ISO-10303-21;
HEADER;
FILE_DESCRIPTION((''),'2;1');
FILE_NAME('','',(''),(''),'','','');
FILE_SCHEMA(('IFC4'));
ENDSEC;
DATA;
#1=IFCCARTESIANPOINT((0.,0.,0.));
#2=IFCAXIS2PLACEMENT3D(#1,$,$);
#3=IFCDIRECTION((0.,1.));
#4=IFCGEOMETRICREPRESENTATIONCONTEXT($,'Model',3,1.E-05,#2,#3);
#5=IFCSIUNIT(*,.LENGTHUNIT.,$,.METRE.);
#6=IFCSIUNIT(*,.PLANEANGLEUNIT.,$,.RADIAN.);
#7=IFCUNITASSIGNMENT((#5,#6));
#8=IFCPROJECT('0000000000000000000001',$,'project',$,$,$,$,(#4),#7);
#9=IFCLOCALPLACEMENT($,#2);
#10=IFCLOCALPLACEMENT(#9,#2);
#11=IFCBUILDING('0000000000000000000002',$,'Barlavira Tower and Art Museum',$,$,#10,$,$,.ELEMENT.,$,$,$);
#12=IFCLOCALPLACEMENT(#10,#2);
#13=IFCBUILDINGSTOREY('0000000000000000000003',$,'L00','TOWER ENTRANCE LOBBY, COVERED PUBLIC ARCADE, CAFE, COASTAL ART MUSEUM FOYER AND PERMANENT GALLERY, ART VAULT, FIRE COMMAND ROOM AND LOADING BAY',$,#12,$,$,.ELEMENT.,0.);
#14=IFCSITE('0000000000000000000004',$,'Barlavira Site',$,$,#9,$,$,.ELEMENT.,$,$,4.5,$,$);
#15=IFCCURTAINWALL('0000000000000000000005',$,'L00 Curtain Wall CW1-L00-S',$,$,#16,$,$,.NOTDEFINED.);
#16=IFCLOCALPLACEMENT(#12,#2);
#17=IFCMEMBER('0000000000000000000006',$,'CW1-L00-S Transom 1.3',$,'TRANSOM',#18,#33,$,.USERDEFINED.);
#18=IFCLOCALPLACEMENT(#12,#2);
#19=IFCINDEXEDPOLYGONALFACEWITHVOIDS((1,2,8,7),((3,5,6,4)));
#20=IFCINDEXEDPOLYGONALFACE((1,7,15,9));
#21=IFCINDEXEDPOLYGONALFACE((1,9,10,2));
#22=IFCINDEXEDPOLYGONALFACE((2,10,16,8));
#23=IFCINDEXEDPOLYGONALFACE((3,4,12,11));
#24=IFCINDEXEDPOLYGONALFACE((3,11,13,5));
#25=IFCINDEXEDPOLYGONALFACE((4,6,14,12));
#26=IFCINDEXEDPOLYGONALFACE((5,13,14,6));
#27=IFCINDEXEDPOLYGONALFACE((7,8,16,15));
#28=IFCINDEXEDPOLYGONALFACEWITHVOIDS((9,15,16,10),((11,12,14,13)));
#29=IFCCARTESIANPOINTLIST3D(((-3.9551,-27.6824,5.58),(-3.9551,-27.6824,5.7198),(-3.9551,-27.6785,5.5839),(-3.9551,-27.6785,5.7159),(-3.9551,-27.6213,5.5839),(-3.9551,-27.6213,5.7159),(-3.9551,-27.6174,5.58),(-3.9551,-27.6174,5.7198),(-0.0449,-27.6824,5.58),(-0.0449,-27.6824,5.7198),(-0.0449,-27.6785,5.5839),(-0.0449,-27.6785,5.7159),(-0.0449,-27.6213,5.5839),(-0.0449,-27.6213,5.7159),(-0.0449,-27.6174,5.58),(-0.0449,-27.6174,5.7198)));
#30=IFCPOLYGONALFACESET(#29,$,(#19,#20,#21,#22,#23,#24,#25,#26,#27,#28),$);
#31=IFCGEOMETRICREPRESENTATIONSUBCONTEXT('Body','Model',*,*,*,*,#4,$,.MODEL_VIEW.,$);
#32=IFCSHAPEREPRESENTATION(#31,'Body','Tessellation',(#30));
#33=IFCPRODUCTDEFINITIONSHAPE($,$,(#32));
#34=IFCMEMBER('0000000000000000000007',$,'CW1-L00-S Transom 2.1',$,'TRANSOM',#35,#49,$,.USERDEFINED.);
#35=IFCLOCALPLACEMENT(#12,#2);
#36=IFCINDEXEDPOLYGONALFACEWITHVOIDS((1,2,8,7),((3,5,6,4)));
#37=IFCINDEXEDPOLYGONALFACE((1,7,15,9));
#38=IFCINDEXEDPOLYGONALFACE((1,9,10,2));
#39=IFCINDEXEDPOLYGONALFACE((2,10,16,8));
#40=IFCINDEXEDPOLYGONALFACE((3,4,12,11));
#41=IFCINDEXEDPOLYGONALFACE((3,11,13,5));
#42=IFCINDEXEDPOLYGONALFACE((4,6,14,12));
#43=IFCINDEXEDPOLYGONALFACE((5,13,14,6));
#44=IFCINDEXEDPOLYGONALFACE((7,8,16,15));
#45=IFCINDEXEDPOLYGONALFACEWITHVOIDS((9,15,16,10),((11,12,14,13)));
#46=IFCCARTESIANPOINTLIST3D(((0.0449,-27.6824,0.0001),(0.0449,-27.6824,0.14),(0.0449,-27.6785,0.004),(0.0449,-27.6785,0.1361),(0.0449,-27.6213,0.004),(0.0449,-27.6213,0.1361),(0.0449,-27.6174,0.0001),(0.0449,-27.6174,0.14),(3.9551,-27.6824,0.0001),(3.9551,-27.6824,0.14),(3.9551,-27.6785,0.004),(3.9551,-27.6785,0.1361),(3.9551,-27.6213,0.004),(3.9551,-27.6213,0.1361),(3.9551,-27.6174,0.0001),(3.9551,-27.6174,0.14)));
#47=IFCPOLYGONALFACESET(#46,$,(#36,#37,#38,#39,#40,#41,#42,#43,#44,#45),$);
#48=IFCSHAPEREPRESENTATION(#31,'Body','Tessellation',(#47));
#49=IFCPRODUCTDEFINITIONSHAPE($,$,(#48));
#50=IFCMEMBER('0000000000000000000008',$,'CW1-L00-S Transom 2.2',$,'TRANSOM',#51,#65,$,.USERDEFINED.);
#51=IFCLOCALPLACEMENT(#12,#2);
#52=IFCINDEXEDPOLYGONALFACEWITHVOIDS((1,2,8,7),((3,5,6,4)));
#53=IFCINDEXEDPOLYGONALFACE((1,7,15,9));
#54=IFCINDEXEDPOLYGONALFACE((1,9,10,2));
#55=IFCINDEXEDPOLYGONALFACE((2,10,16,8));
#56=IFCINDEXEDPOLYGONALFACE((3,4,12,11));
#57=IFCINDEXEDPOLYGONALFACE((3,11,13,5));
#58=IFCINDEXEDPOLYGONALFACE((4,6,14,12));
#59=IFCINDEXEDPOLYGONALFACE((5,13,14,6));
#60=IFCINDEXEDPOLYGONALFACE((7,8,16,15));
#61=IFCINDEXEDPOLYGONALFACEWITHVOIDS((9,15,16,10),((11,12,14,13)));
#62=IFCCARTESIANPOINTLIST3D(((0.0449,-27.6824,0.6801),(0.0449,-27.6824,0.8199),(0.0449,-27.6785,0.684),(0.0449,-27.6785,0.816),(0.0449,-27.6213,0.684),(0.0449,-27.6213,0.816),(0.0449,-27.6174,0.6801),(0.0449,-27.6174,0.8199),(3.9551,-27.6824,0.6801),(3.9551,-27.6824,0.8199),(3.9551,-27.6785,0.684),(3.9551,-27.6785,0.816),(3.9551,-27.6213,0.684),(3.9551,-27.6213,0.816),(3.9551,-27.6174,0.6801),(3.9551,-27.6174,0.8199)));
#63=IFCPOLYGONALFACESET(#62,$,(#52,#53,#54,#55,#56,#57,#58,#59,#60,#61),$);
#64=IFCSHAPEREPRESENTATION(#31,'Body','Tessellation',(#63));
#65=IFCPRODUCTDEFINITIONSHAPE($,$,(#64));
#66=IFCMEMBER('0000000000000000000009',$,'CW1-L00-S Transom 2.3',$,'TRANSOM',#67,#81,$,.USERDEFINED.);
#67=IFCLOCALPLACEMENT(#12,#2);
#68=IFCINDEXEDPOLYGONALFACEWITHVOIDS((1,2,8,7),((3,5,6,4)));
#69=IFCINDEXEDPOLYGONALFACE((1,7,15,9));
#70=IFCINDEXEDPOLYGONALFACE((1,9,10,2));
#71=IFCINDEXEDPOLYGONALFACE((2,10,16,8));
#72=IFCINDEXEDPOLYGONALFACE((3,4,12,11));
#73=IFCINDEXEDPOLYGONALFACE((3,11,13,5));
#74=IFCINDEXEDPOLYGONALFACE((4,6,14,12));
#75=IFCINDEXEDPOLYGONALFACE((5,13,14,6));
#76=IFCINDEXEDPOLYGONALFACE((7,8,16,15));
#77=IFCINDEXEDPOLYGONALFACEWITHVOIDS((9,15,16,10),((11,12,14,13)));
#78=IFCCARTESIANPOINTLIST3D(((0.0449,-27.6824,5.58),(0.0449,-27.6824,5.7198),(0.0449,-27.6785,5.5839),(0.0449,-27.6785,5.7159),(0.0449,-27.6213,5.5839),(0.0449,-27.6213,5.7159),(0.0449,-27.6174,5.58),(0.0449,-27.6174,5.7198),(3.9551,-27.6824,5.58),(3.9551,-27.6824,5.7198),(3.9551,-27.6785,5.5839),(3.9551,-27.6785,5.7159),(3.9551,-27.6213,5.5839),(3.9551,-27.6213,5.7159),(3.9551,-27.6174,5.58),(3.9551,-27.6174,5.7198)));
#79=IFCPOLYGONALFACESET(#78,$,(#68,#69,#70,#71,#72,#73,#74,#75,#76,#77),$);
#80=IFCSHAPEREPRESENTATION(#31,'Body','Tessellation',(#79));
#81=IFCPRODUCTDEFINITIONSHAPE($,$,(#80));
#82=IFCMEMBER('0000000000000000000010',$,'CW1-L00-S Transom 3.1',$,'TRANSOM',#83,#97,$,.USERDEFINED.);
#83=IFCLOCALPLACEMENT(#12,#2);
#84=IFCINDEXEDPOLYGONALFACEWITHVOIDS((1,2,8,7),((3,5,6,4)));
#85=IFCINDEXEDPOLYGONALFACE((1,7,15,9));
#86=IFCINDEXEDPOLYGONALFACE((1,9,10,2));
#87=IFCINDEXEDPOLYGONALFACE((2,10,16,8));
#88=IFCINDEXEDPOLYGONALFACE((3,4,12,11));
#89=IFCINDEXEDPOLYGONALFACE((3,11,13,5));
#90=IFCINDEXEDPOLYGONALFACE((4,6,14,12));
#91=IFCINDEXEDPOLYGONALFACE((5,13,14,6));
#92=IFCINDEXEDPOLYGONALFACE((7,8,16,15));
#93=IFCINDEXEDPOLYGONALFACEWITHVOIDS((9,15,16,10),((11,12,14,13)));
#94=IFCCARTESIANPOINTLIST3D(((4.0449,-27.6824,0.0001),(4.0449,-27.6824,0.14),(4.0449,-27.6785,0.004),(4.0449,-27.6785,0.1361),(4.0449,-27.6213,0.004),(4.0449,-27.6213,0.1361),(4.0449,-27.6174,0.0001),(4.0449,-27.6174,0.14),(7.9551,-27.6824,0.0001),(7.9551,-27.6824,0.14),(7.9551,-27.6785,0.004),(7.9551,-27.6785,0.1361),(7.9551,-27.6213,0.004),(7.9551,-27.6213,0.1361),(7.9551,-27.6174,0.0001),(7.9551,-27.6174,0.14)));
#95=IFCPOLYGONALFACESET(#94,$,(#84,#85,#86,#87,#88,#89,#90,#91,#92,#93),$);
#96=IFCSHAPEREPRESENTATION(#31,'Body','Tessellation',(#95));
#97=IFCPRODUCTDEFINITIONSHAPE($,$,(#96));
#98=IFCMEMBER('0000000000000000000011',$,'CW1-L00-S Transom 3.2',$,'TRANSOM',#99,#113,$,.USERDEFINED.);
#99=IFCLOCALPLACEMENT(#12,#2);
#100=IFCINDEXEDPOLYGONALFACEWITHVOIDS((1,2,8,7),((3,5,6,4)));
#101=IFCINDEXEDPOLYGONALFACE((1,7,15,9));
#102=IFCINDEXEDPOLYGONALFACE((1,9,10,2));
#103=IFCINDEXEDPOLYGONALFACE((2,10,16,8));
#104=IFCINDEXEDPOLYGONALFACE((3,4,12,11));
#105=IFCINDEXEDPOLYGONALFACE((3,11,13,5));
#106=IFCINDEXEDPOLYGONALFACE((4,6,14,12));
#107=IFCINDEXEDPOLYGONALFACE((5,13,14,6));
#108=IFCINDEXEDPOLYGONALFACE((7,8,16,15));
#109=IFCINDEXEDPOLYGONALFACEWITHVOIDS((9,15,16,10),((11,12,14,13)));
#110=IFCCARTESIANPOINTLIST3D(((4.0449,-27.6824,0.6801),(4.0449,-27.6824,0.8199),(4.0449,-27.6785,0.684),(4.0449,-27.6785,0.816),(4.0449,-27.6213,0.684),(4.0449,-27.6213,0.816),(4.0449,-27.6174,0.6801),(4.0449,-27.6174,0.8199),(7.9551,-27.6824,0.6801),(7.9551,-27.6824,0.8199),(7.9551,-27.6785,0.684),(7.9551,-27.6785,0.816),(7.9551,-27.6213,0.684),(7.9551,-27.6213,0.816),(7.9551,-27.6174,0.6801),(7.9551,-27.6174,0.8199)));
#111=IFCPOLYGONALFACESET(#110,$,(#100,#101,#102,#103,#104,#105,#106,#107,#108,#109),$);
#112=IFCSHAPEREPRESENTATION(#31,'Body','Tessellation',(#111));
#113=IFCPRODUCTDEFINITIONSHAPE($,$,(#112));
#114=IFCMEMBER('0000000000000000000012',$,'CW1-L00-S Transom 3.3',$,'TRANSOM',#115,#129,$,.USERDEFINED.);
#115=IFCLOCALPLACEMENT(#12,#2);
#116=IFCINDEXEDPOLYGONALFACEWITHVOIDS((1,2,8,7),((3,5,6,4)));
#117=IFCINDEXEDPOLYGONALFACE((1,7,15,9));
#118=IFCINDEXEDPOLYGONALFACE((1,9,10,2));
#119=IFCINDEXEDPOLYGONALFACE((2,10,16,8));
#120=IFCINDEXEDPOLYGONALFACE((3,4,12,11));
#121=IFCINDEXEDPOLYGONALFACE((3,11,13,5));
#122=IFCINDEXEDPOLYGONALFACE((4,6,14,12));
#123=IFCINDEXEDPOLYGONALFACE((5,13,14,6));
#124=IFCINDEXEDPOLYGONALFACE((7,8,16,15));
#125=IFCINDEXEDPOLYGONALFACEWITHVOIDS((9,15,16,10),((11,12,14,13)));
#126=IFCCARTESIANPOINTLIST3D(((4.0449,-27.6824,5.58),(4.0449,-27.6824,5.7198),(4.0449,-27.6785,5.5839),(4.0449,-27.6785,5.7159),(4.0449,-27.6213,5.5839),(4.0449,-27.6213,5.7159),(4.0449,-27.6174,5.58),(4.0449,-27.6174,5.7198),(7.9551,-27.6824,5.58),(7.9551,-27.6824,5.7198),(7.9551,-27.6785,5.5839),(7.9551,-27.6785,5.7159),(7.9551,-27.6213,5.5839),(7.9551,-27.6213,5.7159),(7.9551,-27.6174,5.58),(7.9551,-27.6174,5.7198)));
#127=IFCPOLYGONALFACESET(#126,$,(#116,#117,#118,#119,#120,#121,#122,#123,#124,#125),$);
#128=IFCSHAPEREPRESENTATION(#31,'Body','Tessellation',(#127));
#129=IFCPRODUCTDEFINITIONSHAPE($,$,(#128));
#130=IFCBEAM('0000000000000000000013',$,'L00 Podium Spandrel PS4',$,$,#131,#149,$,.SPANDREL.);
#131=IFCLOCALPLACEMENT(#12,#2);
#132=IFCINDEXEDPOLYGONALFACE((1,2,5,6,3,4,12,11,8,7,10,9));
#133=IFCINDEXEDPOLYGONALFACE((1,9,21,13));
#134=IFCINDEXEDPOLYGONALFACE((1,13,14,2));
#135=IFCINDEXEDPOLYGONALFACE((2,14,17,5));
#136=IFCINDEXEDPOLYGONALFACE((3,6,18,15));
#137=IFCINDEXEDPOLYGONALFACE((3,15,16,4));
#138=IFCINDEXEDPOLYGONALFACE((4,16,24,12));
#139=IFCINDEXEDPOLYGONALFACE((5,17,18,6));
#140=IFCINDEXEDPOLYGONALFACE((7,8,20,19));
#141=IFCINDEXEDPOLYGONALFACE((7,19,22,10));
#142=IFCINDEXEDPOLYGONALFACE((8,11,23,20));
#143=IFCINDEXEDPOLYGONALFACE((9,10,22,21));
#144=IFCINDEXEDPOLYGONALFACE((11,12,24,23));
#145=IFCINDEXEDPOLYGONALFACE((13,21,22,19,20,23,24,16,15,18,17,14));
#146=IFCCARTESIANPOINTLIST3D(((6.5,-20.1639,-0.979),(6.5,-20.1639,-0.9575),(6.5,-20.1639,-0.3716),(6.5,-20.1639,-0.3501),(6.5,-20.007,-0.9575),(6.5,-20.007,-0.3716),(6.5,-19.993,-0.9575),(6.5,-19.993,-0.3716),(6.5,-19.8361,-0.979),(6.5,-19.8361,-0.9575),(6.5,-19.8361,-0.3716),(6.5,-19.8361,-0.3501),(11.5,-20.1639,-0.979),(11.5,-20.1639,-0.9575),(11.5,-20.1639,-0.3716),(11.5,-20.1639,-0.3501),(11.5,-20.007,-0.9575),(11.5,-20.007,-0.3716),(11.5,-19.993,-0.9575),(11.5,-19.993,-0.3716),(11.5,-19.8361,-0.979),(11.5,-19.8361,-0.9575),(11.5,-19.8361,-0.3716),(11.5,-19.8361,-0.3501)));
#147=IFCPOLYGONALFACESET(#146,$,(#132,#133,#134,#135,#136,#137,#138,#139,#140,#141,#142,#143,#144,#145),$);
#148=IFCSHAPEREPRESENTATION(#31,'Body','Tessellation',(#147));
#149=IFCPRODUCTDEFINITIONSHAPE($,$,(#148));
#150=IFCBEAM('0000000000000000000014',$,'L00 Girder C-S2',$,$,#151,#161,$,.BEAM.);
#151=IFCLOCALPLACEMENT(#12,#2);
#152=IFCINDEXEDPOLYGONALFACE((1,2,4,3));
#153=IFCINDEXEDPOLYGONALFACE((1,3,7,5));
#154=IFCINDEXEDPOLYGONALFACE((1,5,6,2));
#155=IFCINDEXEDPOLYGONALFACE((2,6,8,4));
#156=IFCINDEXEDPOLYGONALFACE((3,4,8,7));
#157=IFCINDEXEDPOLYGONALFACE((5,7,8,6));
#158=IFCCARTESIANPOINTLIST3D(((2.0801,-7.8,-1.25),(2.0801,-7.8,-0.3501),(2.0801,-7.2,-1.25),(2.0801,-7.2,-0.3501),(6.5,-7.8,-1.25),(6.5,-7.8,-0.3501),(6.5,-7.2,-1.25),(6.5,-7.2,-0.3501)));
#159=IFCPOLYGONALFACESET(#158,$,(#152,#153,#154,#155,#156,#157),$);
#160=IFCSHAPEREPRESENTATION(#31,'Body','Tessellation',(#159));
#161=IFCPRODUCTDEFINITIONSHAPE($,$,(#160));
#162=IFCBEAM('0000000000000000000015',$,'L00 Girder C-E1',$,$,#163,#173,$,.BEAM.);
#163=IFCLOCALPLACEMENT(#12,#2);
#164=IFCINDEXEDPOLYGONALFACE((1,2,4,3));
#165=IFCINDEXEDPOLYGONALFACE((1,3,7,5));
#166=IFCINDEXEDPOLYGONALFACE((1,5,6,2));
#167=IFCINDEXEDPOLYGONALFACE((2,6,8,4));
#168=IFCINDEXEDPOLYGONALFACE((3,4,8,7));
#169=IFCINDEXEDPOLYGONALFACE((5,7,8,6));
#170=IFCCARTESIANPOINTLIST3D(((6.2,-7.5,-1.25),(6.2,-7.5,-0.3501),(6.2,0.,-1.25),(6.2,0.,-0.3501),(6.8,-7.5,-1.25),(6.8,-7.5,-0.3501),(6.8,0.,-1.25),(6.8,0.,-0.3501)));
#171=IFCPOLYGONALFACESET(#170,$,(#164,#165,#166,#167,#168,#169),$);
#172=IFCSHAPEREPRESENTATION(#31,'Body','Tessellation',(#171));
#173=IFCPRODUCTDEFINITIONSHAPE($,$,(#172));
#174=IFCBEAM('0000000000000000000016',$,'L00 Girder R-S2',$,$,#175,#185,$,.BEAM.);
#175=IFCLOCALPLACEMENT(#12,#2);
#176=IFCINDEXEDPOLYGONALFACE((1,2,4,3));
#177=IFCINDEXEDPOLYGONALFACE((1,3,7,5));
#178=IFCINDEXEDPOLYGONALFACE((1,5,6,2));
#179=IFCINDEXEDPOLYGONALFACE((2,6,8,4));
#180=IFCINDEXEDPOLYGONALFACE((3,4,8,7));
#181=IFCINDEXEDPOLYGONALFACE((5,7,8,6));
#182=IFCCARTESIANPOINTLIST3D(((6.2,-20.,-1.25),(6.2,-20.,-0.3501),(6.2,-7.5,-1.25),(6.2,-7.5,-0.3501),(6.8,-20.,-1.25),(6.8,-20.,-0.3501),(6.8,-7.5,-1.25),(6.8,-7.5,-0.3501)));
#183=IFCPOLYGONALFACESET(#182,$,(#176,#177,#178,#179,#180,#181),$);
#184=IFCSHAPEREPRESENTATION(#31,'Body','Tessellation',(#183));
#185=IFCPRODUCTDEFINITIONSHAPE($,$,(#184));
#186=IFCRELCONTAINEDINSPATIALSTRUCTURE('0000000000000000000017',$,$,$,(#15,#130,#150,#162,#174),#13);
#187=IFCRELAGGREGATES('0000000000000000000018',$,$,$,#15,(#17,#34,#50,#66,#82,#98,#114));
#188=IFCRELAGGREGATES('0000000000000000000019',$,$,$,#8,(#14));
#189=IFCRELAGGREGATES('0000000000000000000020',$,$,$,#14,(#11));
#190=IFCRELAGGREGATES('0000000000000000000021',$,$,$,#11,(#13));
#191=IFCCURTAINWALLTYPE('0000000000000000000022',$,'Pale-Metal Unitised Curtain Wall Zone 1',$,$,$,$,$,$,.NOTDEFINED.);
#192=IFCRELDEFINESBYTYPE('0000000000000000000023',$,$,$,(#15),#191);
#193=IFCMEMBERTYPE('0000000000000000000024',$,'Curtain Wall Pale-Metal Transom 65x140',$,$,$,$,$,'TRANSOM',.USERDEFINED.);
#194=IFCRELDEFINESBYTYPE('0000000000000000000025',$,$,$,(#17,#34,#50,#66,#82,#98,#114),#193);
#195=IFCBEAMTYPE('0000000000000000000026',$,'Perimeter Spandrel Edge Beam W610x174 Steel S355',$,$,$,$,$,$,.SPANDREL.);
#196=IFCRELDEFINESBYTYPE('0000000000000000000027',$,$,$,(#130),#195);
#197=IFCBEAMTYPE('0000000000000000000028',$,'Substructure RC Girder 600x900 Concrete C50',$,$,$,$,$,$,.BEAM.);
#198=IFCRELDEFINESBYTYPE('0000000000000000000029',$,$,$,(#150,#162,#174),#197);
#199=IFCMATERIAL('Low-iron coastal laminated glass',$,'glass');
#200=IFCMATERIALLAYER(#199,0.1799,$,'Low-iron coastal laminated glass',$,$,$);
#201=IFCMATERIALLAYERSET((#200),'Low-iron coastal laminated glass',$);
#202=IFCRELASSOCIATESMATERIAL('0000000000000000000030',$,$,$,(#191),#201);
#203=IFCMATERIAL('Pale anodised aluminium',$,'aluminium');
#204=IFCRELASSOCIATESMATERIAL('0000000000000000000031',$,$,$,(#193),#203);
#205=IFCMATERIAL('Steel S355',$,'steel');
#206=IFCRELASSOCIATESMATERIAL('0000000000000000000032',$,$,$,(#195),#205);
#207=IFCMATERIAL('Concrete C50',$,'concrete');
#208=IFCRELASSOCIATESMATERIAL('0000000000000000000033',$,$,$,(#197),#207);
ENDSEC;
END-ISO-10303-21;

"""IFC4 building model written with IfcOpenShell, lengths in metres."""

from ifc_helpers import new_model, si_unit, direction, frame, origin, origin_2d, place, context, subcontext, project, spatial, rectangle, hollow_rectangle, i_section, extrude, material, layer, layer_set, material_profile, profile_set, type_object, element, aggregate, save


model = new_model("IFC4")

# Units and contexts
model_context = context("Model", 3, precision=1e-05, world=origin(), true_north=direction((0.0, 1.0)))
body_context = subcontext(model_context, "Body", "Model", "MODEL_VIEW")
ifc_project = project(units=[si_unit("LENGTHUNIT", "METRE"), si_unit("PLANEANGLEUNIT", "RADIAN")], contexts=[model_context])

# Site, building, storey
site_placement = place(None, origin())
site = spatial("IfcSite", under=ifc_project, at=site_placement, Name="Barlavira Site", CompositionType="ELEMENT", RefElevation=4.5)
building_placement = place(site_placement, origin())
building = spatial("IfcBuilding", under=site, at=building_placement, Name="Barlavira Tower and Art Museum", CompositionType="ELEMENT")
storey_placement = place(building_placement, origin())
storey = spatial("IfcBuildingStorey", under=building, at=storey_placement, Name="L00", Description="TOWER ENTRANCE LOBBY, COVERED PUBLIC ARCADE, CAFE, COASTAL ART MUSEUM FOYER AND PERMANENT GALLERY, ART VAULT, FIRE COMMAND ROOM AND LOADING BAY", CompositionType="ELEMENT", Elevation=0.0)

# Shared definitions
ifc_material_1 = material(Name="Concrete C50", Category="concrete")

# Shared definitions
ifc_material_2 = material(Name="Steel S355", Category="steel")

# Curtain wall, members
ifc_material_3 = material(Name="Low-iron coastal laminated glass", Category="glass")
ifc_layer_1 = layer(ifc_material_3, 0.1799, Name="Low-iron coastal laminated glass")
ifc_layer_set_1 = layer_set([ifc_layer_1], Name="Low-iron coastal laminated glass")
curtain_wall_type = type_object("IfcCurtainWallType", Name="Pale-Metal Unitised Curtain Wall Zone 1", PredefinedType="NOTDEFINED", material=ifc_layer_set_1)
curtain_wall_placement = place(storey_placement, origin())
curtain_wall = element("IfcCurtainWall", 1, at=curtain_wall_placement, inside=storey, type_object=curtain_wall_type, Name="L00 Curtain Wall CW1-L00-S", PredefinedType="NOTDEFINED")
ifc_material_4 = material(Name="Pale anodised aluminium", Category="aluminium")
ifc_material_profile_1 = material_profile(ifc_material_4, hollow_rectangle(XDim=0.0649, YDim=0.1399, WallThickness=0.0039, at=origin_2d()), Name="ALU-TRAN 65x140x4")
ifc_profile_set_1 = profile_set([ifc_material_profile_1], Name="Pale anodised aluminium")
member_type_1 = type_object("IfcMemberType", Name="Curtain Wall Pale-Metal Transom 65x140", ElementType="TRANSOM", PredefinedType="USERDEFINED", material=ifc_profile_set_1)
member_1_placement = place(storey_placement, frame((-3.9551, -27.6499, 5.6499), z_axis=(1.0, 0.0, 0.0), x_axis=(0.0, 1.0, 0.0)))
member_1 = element("IfcMember", 2, at=member_1_placement, type_object=member_type_1, Name="CW1-L00-S Transom 1.3", ObjectType="TRANSOM", PredefinedType="USERDEFINED", context=body_context, shape_type="SweptSolid", body=[
    extrude(hollow_rectangle(XDim=0.0649, YDim=0.1399, WallThickness=0.0039, at=origin_2d()), origin(), (0.0, 0.0, 1.0), 3.9102),
])
member_2_placement = place(storey_placement, frame((0.0449, -27.6499, 0.0701), z_axis=(1.0, 0.0, 0.0), x_axis=(0.0, 1.0, 0.0)))
member_2 = element("IfcMember", 3, at=member_2_placement, type_object=member_type_1, Name="CW1-L00-S Transom 2.1", ObjectType="TRANSOM", PredefinedType="USERDEFINED", context=body_context, shape_type="SweptSolid", body=[
    extrude(hollow_rectangle(XDim=0.0649, YDim=0.1399, WallThickness=0.0039, at=origin_2d()), origin(), (0.0, 0.0, 1.0), 3.9102),
])
member_3_placement = place(storey_placement, frame((0.0449, -27.6499, 0.75), z_axis=(1.0, 0.0, 0.0), x_axis=(0.0, 1.0, 0.0)))
member_3 = element("IfcMember", 4, at=member_3_placement, type_object=member_type_1, Name="CW1-L00-S Transom 2.2", ObjectType="TRANSOM", PredefinedType="USERDEFINED", context=body_context, shape_type="SweptSolid", body=[
    extrude(hollow_rectangle(XDim=0.0649, YDim=0.1399, WallThickness=0.0039, at=origin_2d()), origin(), (0.0, 0.0, 1.0), 3.9102),
])
member_4_placement = place(storey_placement, frame((0.0449, -27.6499, 5.6499), z_axis=(1.0, 0.0, 0.0), x_axis=(0.0, 1.0, 0.0)))
member_4 = element("IfcMember", 5, at=member_4_placement, type_object=member_type_1, Name="CW1-L00-S Transom 2.3", ObjectType="TRANSOM", PredefinedType="USERDEFINED", context=body_context, shape_type="SweptSolid", body=[
    extrude(hollow_rectangle(XDim=0.0649, YDim=0.1399, WallThickness=0.0039, at=origin_2d()), origin(), (0.0, 0.0, 1.0), 3.9102),
])
member_5_placement = place(storey_placement, frame((4.0449, -27.6499, 0.0701), z_axis=(1.0, 0.0, 0.0), x_axis=(0.0, 1.0, 0.0)))
member_5 = element("IfcMember", 6, at=member_5_placement, type_object=member_type_1, Name="CW1-L00-S Transom 3.1", ObjectType="TRANSOM", PredefinedType="USERDEFINED", context=body_context, shape_type="SweptSolid", body=[
    extrude(hollow_rectangle(XDim=0.0649, YDim=0.1399, WallThickness=0.0039, at=origin_2d()), origin(), (0.0, 0.0, 1.0), 3.9102),
])
member_6_placement = place(storey_placement, frame((4.0449, -27.6499, 0.75), z_axis=(1.0, 0.0, 0.0), x_axis=(0.0, 1.0, 0.0)))
member_6 = element("IfcMember", 7, at=member_6_placement, type_object=member_type_1, Name="CW1-L00-S Transom 3.2", ObjectType="TRANSOM", PredefinedType="USERDEFINED", context=body_context, shape_type="SweptSolid", body=[
    extrude(hollow_rectangle(XDim=0.0649, YDim=0.1399, WallThickness=0.0039, at=origin_2d()), origin(), (0.0, 0.0, 1.0), 3.9102),
])
member_7_placement = place(storey_placement, frame((4.0449, -27.6499, 5.6499), z_axis=(1.0, 0.0, 0.0), x_axis=(0.0, 1.0, 0.0)))
member_7 = element("IfcMember", 8, at=member_7_placement, type_object=member_type_1, Name="CW1-L00-S Transom 3.3", ObjectType="TRANSOM", PredefinedType="USERDEFINED", context=body_context, shape_type="SweptSolid", body=[
    extrude(hollow_rectangle(XDim=0.0649, YDim=0.1399, WallThickness=0.0039, at=origin_2d()), origin(), (0.0, 0.0, 1.0), 3.9102),
])

# Beams
ifc_material_profile_2 = material_profile(ifc_material_2, i_section(OverallWidth=0.3279, OverallDepth=0.6289, WebThickness=0.0139, FlangeThickness=0.0215, at=origin_2d()), Name="W610x174.0")
ifc_profile_set_2 = profile_set([ifc_material_profile_2], Name="Steel S355")
beam_type_1 = type_object("IfcBeamType", Name="Perimeter Spandrel Edge Beam W610x174 Steel S355", PredefinedType="SPANDREL", material=ifc_profile_set_2)
beam_1_placement = place(storey_placement, frame((6.5, -20.0, -0.6646), z_axis=(1.0, 0.0, 0.0), x_axis=(0.0, 1.0, 0.0)))
element("IfcBeam", 9, at=beam_1_placement, inside=storey, type_object=beam_type_1, Name="L00 Podium Spandrel PS4", PredefinedType="SPANDREL", context=body_context, shape_type="SweptSolid", body=[
    extrude(i_section(OverallWidth=0.3279, OverallDepth=0.6289, WebThickness=0.0139, FlangeThickness=0.0215, at=origin_2d()), origin(), (0.0, 0.0, 1.0), 5.0),
])
ifc_material_profile_3 = material_profile(ifc_material_1, rectangle(XDim=0.6001, YDim=0.8999, at=origin_2d()), Name="RC-BM 600x900")
ifc_profile_set_3 = profile_set([ifc_material_profile_3], Name="Concrete C50")
beam_type_2 = type_object("IfcBeamType", Name="Substructure RC Girder 600x900 Concrete C50", PredefinedType="BEAM", material=ifc_profile_set_3)
beam_2_placement = place(storey_placement, frame((2.0801, -7.5, -0.8), z_axis=(1.0, 0.0, 0.0), x_axis=(0.0, 1.0, 0.0)))
element("IfcBeam", 10, at=beam_2_placement, inside=storey, type_object=beam_type_2, Name="L00 Girder C-S2", PredefinedType="BEAM", context=body_context, shape_type="SweptSolid", body=[
    extrude(rectangle(XDim=0.6001, YDim=0.8999, at=origin_2d()), origin(), (0.0, 0.0, 1.0), 4.4199),
])
beam_3_placement = place(storey_placement, frame((6.5, -7.5, -0.8), z_axis=(0.0, 1.0, 0.0), x_axis=(-1.0, 0.0, 0.0)))
element("IfcBeam", 11, at=beam_3_placement, inside=storey, type_object=beam_type_2, Name="L00 Girder C-E1", PredefinedType="BEAM", context=body_context, shape_type="SweptSolid", body=[
    extrude(rectangle(XDim=0.6001, YDim=0.8999, at=origin_2d()), origin(), (0.0, 0.0, 1.0), 7.5),
])
beam_4_placement = place(storey_placement, frame((6.5, -20.0, -0.8), z_axis=(0.0, 1.0, 0.0), x_axis=(-1.0, 0.0, 0.0)))
element("IfcBeam", 12, at=beam_4_placement, inside=storey, type_object=beam_type_2, Name="L00 Girder R-S2", PredefinedType="BEAM", context=body_context, shape_type="SweptSolid", body=[
    extrude(rectangle(XDim=0.6001, YDim=0.8999, at=origin_2d()), origin(), (0.0, 0.0, 1.0), 12.5),
])

aggregate(curtain_wall, [member_1, member_2, member_3, member_4, member_5, member_6, member_7])

save(model, "model.ifc")
